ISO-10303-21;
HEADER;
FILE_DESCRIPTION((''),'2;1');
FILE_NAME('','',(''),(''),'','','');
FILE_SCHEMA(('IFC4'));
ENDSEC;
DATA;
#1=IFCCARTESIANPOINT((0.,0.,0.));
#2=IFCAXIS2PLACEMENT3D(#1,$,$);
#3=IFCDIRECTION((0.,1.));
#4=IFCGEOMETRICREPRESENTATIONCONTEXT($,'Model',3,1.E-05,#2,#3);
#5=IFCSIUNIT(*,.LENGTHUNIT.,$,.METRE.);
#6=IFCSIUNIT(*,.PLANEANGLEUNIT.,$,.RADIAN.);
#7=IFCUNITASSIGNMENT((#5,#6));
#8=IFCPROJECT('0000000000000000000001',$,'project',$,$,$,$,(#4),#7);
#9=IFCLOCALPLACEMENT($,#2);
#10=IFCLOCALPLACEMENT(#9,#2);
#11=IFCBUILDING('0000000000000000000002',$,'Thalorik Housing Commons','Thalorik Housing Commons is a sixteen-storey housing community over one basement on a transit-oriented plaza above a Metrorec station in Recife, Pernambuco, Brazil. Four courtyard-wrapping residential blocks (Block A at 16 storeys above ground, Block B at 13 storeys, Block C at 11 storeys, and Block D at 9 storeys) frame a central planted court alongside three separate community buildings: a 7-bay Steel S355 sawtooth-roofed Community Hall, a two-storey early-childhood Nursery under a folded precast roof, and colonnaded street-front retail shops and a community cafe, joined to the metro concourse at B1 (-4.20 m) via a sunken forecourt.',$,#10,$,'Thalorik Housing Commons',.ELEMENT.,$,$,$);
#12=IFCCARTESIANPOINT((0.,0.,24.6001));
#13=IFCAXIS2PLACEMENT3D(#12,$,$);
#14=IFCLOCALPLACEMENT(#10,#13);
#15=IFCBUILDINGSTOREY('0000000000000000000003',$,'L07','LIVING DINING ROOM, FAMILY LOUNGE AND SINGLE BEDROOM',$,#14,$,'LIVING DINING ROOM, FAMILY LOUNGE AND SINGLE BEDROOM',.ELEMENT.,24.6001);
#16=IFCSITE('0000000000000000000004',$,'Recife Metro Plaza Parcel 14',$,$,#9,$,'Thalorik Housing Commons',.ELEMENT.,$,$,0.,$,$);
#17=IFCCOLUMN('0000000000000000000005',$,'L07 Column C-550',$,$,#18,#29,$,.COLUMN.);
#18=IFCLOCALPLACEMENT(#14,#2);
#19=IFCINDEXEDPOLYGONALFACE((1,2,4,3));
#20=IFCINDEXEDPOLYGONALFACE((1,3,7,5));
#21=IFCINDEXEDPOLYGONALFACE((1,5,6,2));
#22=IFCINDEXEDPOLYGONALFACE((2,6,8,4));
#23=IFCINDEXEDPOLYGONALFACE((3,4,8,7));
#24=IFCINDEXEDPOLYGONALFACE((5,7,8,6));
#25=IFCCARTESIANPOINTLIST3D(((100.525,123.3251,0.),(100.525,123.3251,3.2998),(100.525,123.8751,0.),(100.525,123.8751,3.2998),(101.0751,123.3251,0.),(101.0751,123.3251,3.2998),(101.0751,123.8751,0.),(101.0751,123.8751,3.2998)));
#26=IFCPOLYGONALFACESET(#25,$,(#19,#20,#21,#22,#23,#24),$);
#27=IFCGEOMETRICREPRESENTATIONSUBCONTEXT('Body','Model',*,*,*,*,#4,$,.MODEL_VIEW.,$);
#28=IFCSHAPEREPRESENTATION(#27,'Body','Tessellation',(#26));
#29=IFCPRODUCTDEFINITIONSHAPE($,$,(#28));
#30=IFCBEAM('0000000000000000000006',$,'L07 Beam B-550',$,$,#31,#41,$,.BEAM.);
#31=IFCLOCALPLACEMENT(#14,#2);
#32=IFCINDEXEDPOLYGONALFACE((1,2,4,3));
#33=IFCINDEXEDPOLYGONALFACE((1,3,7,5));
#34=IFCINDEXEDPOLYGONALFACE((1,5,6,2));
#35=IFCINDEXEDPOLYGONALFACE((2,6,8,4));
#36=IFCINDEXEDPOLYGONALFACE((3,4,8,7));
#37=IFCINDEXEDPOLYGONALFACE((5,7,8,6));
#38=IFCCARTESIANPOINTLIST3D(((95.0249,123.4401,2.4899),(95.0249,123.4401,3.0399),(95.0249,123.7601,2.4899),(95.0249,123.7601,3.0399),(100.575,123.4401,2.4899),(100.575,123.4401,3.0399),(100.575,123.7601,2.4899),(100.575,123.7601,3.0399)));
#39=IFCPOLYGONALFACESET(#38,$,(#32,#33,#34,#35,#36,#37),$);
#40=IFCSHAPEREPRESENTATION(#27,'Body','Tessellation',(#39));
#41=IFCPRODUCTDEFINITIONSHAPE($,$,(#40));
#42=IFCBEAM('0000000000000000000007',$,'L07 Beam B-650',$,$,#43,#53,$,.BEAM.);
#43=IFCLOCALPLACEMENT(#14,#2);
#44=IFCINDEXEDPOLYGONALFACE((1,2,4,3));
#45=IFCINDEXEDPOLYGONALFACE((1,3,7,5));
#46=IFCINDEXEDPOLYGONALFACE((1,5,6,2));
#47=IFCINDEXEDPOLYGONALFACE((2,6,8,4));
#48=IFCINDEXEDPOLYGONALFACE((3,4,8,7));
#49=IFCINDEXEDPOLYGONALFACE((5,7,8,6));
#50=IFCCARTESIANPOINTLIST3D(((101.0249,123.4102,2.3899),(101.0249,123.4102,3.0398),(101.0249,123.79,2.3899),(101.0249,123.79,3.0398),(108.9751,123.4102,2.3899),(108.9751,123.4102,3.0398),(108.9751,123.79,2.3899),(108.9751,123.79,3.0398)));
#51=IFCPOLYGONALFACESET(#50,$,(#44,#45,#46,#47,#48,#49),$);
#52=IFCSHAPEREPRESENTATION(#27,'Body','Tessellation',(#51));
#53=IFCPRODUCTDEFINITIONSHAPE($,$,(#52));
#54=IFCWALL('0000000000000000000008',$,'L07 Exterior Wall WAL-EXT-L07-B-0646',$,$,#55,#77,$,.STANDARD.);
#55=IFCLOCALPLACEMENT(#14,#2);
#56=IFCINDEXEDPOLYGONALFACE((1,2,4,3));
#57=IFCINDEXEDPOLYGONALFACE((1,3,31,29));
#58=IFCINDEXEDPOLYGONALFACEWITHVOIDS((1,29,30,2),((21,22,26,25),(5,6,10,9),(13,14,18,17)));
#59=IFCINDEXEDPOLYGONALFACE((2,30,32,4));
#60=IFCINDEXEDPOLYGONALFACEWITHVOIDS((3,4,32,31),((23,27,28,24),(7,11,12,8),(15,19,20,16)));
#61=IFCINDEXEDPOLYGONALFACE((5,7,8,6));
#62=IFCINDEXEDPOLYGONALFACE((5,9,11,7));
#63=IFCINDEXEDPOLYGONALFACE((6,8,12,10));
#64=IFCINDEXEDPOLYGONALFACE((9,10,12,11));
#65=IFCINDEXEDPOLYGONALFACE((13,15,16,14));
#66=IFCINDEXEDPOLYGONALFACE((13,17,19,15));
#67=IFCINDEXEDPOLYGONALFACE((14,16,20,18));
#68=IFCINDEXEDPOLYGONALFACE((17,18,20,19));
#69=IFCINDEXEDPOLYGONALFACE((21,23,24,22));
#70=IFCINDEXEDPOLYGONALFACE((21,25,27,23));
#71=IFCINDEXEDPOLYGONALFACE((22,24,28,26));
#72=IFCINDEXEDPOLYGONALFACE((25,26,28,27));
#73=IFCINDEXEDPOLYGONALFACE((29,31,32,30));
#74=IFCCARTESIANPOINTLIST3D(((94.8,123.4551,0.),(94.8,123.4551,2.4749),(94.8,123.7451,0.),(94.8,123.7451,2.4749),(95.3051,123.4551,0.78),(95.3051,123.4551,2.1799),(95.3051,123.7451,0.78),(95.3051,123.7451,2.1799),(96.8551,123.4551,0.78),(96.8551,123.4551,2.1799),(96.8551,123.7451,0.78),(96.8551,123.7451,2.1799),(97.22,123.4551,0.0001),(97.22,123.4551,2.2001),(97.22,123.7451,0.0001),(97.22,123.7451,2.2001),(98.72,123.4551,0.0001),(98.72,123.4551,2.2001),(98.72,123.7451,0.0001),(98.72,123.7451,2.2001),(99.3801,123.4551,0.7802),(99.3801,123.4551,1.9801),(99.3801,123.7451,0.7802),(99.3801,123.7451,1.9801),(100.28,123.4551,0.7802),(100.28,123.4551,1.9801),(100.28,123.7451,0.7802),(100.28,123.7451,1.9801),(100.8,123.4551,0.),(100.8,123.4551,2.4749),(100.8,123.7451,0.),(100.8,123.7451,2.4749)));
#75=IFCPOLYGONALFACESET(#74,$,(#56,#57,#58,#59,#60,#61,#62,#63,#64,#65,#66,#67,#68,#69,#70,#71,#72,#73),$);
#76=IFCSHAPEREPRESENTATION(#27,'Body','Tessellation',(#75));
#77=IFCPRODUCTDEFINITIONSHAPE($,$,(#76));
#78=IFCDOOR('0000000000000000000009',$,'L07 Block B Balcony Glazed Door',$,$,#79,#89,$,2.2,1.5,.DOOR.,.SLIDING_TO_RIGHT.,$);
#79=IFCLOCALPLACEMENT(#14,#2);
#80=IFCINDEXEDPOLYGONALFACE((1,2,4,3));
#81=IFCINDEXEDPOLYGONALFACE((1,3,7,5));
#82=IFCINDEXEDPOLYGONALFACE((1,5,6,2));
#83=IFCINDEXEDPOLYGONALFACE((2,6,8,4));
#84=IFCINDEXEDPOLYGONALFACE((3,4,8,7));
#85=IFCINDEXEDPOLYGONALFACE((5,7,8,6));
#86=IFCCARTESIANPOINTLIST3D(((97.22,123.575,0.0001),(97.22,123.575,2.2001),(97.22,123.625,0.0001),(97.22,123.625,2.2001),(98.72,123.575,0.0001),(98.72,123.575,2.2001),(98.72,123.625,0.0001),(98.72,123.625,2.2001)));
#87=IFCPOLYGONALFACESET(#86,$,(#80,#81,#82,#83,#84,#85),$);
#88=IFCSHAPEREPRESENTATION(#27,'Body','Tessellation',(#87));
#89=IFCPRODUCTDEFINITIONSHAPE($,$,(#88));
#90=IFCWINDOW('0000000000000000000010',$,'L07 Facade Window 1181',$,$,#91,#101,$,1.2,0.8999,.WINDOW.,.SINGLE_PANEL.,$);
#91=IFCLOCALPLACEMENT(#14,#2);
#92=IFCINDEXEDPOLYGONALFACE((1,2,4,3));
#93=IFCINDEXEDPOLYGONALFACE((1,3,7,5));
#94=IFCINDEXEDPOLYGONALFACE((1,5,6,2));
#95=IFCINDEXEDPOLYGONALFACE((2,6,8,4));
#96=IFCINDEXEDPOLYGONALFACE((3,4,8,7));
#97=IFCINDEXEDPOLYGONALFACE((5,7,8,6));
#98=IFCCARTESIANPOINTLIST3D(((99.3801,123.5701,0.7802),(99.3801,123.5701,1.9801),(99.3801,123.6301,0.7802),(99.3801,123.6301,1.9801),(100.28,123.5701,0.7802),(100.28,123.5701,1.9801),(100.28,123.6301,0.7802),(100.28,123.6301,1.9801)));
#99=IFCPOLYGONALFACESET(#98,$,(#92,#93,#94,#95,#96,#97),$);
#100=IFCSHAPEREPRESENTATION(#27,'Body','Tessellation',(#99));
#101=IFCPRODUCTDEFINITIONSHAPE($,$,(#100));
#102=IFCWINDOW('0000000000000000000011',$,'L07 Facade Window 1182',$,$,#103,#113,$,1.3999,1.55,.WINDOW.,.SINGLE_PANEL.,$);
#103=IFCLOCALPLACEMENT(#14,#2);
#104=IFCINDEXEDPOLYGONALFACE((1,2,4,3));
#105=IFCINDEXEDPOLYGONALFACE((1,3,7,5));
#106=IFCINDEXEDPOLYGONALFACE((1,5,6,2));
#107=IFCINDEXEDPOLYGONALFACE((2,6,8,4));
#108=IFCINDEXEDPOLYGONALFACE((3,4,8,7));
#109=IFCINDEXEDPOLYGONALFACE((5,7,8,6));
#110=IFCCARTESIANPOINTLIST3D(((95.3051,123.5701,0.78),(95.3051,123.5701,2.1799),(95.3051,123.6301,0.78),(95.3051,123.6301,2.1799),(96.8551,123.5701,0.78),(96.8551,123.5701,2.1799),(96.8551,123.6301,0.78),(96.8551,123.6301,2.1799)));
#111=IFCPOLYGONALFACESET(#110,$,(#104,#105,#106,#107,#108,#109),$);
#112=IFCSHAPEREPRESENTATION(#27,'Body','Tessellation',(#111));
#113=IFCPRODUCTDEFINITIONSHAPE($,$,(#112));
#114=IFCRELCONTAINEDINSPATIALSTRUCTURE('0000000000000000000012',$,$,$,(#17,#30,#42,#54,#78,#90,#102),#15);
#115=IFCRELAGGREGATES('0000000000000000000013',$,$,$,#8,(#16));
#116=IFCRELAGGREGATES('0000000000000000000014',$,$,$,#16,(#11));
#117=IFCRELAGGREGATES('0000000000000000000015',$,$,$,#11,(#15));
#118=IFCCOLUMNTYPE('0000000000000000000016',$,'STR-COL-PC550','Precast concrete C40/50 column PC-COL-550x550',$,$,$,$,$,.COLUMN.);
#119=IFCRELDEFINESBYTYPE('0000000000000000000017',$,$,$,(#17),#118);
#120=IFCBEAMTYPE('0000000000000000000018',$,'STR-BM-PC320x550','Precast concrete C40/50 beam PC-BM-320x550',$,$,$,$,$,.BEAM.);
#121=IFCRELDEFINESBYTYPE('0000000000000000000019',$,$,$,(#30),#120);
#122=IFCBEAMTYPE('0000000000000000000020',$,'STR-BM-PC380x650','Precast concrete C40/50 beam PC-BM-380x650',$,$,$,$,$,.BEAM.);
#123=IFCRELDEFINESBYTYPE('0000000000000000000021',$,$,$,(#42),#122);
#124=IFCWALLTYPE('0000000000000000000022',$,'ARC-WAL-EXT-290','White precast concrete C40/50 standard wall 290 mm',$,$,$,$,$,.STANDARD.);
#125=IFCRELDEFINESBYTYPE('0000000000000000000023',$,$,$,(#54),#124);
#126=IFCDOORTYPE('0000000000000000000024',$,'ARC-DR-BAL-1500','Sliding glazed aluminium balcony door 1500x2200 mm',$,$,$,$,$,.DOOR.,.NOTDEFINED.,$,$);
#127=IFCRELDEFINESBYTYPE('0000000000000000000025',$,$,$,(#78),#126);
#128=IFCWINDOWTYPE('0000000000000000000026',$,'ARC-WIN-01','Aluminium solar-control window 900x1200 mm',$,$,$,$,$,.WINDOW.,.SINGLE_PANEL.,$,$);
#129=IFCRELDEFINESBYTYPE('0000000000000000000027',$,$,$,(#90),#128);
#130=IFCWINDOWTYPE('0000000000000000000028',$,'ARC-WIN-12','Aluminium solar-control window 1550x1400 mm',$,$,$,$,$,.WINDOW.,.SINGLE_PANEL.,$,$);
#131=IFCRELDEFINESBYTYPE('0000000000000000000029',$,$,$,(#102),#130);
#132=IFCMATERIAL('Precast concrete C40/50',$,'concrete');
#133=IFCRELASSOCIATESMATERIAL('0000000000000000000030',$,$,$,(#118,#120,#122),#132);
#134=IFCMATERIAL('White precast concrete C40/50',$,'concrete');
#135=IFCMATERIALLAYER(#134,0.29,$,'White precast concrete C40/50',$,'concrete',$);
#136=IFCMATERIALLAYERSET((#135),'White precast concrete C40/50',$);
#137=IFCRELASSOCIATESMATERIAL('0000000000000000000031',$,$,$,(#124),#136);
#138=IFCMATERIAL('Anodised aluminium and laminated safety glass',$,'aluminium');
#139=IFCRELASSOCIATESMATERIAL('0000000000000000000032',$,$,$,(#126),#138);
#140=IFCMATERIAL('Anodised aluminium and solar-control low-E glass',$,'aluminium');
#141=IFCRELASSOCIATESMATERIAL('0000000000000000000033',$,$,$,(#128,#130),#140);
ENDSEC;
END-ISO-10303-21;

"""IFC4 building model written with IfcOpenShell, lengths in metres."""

from ifc_helpers import new_model, si_unit, direction, frame, frame_2d, origin, origin_2d, place, context, subcontext, project, spatial, rectangle, extrude, material, layer, layer_set, material_profile, profile_set, type_object, element, fill, save


model = new_model("IFC4")

# Units and contexts
model_context = context("Model", 3, precision=1e-05, world=origin(), true_north=direction((0.0, 1.0)))
body_context = subcontext(model_context, "Body", "Model", "MODEL_VIEW")
ifc_project = project(units=[si_unit("LENGTHUNIT", "METRE"), si_unit("PLANEANGLEUNIT", "RADIAN")], contexts=[model_context])

# Site, building, storey
site_placement = place(None, origin())
site = spatial("IfcSite", under=ifc_project, at=site_placement, Name="Recife Metro Plaza Parcel 14", LongName="Thalorik Housing Commons", CompositionType="ELEMENT", RefElevation=0.0)
building_placement = place(site_placement, origin())
building = spatial("IfcBuilding", under=site, at=building_placement, Name="Thalorik Housing Commons", Description="Thalorik Housing Commons is a sixteen-storey housing community over one basement on a transit-oriented plaza above a Metrorec station in Recife, Pernambuco, Brazil. Four courtyard-wrapping residential blocks (Block A at 16 storeys above ground, Block B at 13 storeys, Block C at 11 storeys, and Block D at 9 storeys) frame a central planted court alongside three separate community buildings: a 7-bay Steel S355 sawtooth-roofed Community Hall, a two-storey early-childhood Nursery under a folded precast roof, and colonnaded street-front retail shops and a community cafe, joined to the metro concourse at B1 (-4.20 m) via a sunken forecourt.", LongName="Thalorik Housing Commons", CompositionType="ELEMENT")
storey_placement = place(building_placement, frame((0.0, 0.0, 24.6001)))
storey = spatial("IfcBuildingStorey", under=building, at=storey_placement, Name="L07", Description="LIVING DINING ROOM, FAMILY LOUNGE AND SINGLE BEDROOM", LongName="LIVING DINING ROOM, FAMILY LOUNGE AND SINGLE BEDROOM", CompositionType="ELEMENT", Elevation=24.6001)

# Column
ifc_material_1 = material(Name="Precast concrete C40/50", Category="concrete")
ifc_material_profile_1 = material_profile(ifc_material_1, rectangle(XDim=0.55, YDim=0.55, at=origin_2d()), Name="PC 550x550", Category="concrete")
ifc_profile_set_1 = profile_set([ifc_material_profile_1], Name="Precast concrete C40/50")
column_type = type_object("IfcColumnType", Name="STR-COL-PC550", Description="Precast concrete C40/50 column PC-COL-550x550", PredefinedType="COLUMN", material=ifc_profile_set_1)
column_placement = place(storey_placement, frame((100.8, 123.6001, 0.0), z_axis=(0.0, 0.0, 1.0), x_axis=(1.0, 0.0, 0.0)))
element("IfcColumn", 1, at=column_placement, inside=storey, type_object=column_type, Name="L07 Column C-550", PredefinedType="COLUMN", context=body_context, shape_type="SweptSolid", body=[
    extrude(rectangle(XDim=0.55, YDim=0.55, at=origin_2d()), origin(), (0.0, 0.0, 1.0), 3.2998),
])

# Beams
ifc_material_profile_2 = material_profile(ifc_material_1, rectangle(XDim=0.3201, YDim=0.55, at=origin_2d()), Name="PC 320x550", Category="concrete")
ifc_profile_set_2 = profile_set([ifc_material_profile_2], Name="Precast concrete C40/50")
beam_type_1 = type_object("IfcBeamType", Name="STR-BM-PC320x550", Description="Precast concrete C40/50 beam PC-BM-320x550", PredefinedType="BEAM", material=ifc_profile_set_2)
beam_1_placement = place(storey_placement, frame((95.0249, 123.6001, 2.7649), z_axis=(1.0, 0.0, 0.0), x_axis=(0.0, 1.0, 0.0)))
element("IfcBeam", 2, at=beam_1_placement, inside=storey, type_object=beam_type_1, Name="L07 Beam B-550", PredefinedType="BEAM", context=body_context, shape_type="SweptSolid", body=[
    extrude(rectangle(XDim=0.3201, YDim=0.55, at=origin_2d()), origin(), (0.0, 0.0, 1.0), 5.55),
])
ifc_material_profile_3 = material_profile(ifc_material_1, rectangle(XDim=0.3799, YDim=0.6499, at=origin_2d()), Name="PC 380x650", Category="concrete")
ifc_profile_set_3 = profile_set([ifc_material_profile_3], Name="Precast concrete C40/50")
beam_type_2 = type_object("IfcBeamType", Name="STR-BM-PC380x650", Description="Precast concrete C40/50 beam PC-BM-380x650", PredefinedType="BEAM", material=ifc_profile_set_3)
beam_2_placement = place(storey_placement, frame((101.0249, 123.6001, 2.7148), z_axis=(1.0, 0.0, 0.0), x_axis=(0.0, 1.0, 0.0)))
element("IfcBeam", 3, at=beam_2_placement, inside=storey, type_object=beam_type_2, Name="L07 Beam B-650", PredefinedType="BEAM", context=body_context, shape_type="SweptSolid", body=[
    extrude(rectangle(XDim=0.3799, YDim=0.6499, at=origin_2d()), origin(), (0.0, 0.0, 1.0), 7.9502),
])

# Wall, openings, door, windows
ifc_material_2 = material(Name="White precast concrete C40/50", Category="concrete")
ifc_layer_1 = layer(ifc_material_2, 0.29, Name="White precast concrete C40/50", Category="concrete")
ifc_layer_set_1 = layer_set([ifc_layer_1], Name="White precast concrete C40/50")
wall_type_1 = type_object("IfcWallType", Name="ARC-WAL-EXT-290", Description="White precast concrete C40/50 standard wall 290 mm", PredefinedType="STANDARD", material=ifc_layer_set_1)
wall_1_placement = place(storey_placement, frame((100.8, 123.6001, 0.0), z_axis=(0.0, 0.0, 1.0), x_axis=(-1.0, 0.0, 0.0)))
wall_1 = element("IfcWall", 4, at=wall_1_placement, inside=storey, type_object=wall_type_1, Name="L07 Exterior Wall WAL-EXT-L07-B-0646", PredefinedType="STANDARD", context=body_context, shape_type="SweptSolid", body=[
    extrude(rectangle(XDim=6.0, YDim=0.29, at=frame_2d((3.0, 0.0))), origin(), (0.0, 0.0, 1.0), 2.4749),
])
opening_1_placement = place(wall_1_placement, frame((2.0801, 0.0, 0.0)))
opening_1 = element("IfcOpeningElement", 5, at=opening_1_placement, cuts=wall_1, PredefinedType="OPENING", context=body_context, shape_type="SweptSolid", body=[
    extrude(rectangle(XDim=1.5, YDim=2.2, at=frame_2d((0.75, 1.1001))), frame((0.0, 0.155, 0.0), z_axis=(0.0, -1.0, 0.0), x_axis=(1.0, 0.0, 0.0)), (0.0, 0.0, 1.0), 0.3101),
])
opening_2_placement = place(wall_1_placement, frame((0.52, 0.0, 0.78)))
opening_2 = element("IfcOpeningElement", 6, at=opening_2_placement, cuts=wall_1, PredefinedType="OPENING", context=body_context, shape_type="SweptSolid", body=[
    extrude(rectangle(XDim=0.8999, YDim=1.2, at=frame_2d((0.45, 0.6001))), frame((0.0, 0.155, 0.0), z_axis=(0.0, -1.0, 0.0), x_axis=(1.0, 0.0, 0.0)), (0.0, 0.0, 1.0), 0.3101),
])
opening_3_placement = place(wall_1_placement, frame((3.9451, 0.0, 0.78)))
opening_3 = element("IfcOpeningElement", 7, at=opening_3_placement, cuts=wall_1, PredefinedType="OPENING", context=body_context, shape_type="SweptSolid", body=[
    extrude(rectangle(XDim=1.55, YDim=1.3999, at=frame_2d((0.7749, 0.7))), frame((0.0, 0.155, 0.0), z_axis=(0.0, -1.0, 0.0), x_axis=(1.0, 0.0, 0.0)), (0.0, 0.0, 1.0), 0.3101),
])
ifc_material_3 = material(Name="Anodised aluminium and laminated safety glass", Category="aluminium")
door_type_1 = type_object("IfcDoorType", Name="ARC-DR-BAL-1500", Description="Sliding glazed aluminium balcony door 1500x2200 mm", OperationType="NOTDEFINED", PredefinedType="DOOR", material=ifc_material_3)
door_1_placement = place(opening_1_placement, frame((1.5, 0.0, 0.0), z_axis=(0.0, 0.0, 1.0), x_axis=(-1.0, 0.0, 0.0)))
door_1 = element("IfcDoor", 8, at=door_1_placement, inside=storey, type_object=door_type_1, Name="L07 Block B Balcony Glazed Door", OperationType="SLIDING_TO_RIGHT", OverallHeight=2.2, OverallWidth=1.5, PredefinedType="DOOR", context=body_context, shape_type="SweptSolid", body=[
    extrude(rectangle(XDim=1.5, YDim=2.2, at=frame_2d((0.75, 1.1001))), frame((0.0, 0.0249, 0.0), z_axis=(0.0, -1.0, 0.0), x_axis=(1.0, 0.0, 0.0)), (0.0, 0.0, 1.0), 0.05),
])
fill(opening_1, door_1)
ifc_material_4 = material(Name="Anodised aluminium and solar-control low-E glass", Category="aluminium")
window_type_1 = type_object("IfcWindowType", Name="ARC-WIN-01", Description="Aluminium solar-control window 900x1200 mm", PartitioningType="SINGLE_PANEL", PredefinedType="WINDOW", material=ifc_material_4)
window_1_placement = place(opening_2_placement, origin())
window_1 = element("IfcWindow", 9, at=window_1_placement, inside=storey, type_object=window_type_1, Name="L07 Facade Window 1181", OverallHeight=1.2, OverallWidth=0.8999, PartitioningType="SINGLE_PANEL", PredefinedType="WINDOW", context=body_context, shape_type="SweptSolid", body=[
    extrude(rectangle(XDim=0.8999, YDim=1.2, at=frame_2d((0.45, 0.6001))), frame((0.0, 0.03, 0.0), z_axis=(0.0, -1.0, 0.0), x_axis=(1.0, 0.0, 0.0)), (0.0, 0.0, 1.0), 0.0601),
])
fill(opening_2, window_1)
window_type_2 = type_object("IfcWindowType", Name="ARC-WIN-12", Description="Aluminium solar-control window 1550x1400 mm", PartitioningType="SINGLE_PANEL", PredefinedType="WINDOW", material=ifc_material_4)
window_2_placement = place(opening_3_placement, origin())
window_2 = element("IfcWindow", 10, at=window_2_placement, inside=storey, type_object=window_type_2, Name="L07 Facade Window 1182", OverallHeight=1.3999, OverallWidth=1.55, PartitioningType="SINGLE_PANEL", PredefinedType="WINDOW", context=body_context, shape_type="SweptSolid", body=[
    extrude(rectangle(XDim=1.55, YDim=1.3999, at=frame_2d((0.7749, 0.7))), frame((0.0, 0.03, 0.0), z_axis=(0.0, -1.0, 0.0), x_axis=(1.0, 0.0, 0.0)), (0.0, 0.0, 1.0), 0.0601),
])
fill(opening_3, window_2)

save(model, "model.ifc")
